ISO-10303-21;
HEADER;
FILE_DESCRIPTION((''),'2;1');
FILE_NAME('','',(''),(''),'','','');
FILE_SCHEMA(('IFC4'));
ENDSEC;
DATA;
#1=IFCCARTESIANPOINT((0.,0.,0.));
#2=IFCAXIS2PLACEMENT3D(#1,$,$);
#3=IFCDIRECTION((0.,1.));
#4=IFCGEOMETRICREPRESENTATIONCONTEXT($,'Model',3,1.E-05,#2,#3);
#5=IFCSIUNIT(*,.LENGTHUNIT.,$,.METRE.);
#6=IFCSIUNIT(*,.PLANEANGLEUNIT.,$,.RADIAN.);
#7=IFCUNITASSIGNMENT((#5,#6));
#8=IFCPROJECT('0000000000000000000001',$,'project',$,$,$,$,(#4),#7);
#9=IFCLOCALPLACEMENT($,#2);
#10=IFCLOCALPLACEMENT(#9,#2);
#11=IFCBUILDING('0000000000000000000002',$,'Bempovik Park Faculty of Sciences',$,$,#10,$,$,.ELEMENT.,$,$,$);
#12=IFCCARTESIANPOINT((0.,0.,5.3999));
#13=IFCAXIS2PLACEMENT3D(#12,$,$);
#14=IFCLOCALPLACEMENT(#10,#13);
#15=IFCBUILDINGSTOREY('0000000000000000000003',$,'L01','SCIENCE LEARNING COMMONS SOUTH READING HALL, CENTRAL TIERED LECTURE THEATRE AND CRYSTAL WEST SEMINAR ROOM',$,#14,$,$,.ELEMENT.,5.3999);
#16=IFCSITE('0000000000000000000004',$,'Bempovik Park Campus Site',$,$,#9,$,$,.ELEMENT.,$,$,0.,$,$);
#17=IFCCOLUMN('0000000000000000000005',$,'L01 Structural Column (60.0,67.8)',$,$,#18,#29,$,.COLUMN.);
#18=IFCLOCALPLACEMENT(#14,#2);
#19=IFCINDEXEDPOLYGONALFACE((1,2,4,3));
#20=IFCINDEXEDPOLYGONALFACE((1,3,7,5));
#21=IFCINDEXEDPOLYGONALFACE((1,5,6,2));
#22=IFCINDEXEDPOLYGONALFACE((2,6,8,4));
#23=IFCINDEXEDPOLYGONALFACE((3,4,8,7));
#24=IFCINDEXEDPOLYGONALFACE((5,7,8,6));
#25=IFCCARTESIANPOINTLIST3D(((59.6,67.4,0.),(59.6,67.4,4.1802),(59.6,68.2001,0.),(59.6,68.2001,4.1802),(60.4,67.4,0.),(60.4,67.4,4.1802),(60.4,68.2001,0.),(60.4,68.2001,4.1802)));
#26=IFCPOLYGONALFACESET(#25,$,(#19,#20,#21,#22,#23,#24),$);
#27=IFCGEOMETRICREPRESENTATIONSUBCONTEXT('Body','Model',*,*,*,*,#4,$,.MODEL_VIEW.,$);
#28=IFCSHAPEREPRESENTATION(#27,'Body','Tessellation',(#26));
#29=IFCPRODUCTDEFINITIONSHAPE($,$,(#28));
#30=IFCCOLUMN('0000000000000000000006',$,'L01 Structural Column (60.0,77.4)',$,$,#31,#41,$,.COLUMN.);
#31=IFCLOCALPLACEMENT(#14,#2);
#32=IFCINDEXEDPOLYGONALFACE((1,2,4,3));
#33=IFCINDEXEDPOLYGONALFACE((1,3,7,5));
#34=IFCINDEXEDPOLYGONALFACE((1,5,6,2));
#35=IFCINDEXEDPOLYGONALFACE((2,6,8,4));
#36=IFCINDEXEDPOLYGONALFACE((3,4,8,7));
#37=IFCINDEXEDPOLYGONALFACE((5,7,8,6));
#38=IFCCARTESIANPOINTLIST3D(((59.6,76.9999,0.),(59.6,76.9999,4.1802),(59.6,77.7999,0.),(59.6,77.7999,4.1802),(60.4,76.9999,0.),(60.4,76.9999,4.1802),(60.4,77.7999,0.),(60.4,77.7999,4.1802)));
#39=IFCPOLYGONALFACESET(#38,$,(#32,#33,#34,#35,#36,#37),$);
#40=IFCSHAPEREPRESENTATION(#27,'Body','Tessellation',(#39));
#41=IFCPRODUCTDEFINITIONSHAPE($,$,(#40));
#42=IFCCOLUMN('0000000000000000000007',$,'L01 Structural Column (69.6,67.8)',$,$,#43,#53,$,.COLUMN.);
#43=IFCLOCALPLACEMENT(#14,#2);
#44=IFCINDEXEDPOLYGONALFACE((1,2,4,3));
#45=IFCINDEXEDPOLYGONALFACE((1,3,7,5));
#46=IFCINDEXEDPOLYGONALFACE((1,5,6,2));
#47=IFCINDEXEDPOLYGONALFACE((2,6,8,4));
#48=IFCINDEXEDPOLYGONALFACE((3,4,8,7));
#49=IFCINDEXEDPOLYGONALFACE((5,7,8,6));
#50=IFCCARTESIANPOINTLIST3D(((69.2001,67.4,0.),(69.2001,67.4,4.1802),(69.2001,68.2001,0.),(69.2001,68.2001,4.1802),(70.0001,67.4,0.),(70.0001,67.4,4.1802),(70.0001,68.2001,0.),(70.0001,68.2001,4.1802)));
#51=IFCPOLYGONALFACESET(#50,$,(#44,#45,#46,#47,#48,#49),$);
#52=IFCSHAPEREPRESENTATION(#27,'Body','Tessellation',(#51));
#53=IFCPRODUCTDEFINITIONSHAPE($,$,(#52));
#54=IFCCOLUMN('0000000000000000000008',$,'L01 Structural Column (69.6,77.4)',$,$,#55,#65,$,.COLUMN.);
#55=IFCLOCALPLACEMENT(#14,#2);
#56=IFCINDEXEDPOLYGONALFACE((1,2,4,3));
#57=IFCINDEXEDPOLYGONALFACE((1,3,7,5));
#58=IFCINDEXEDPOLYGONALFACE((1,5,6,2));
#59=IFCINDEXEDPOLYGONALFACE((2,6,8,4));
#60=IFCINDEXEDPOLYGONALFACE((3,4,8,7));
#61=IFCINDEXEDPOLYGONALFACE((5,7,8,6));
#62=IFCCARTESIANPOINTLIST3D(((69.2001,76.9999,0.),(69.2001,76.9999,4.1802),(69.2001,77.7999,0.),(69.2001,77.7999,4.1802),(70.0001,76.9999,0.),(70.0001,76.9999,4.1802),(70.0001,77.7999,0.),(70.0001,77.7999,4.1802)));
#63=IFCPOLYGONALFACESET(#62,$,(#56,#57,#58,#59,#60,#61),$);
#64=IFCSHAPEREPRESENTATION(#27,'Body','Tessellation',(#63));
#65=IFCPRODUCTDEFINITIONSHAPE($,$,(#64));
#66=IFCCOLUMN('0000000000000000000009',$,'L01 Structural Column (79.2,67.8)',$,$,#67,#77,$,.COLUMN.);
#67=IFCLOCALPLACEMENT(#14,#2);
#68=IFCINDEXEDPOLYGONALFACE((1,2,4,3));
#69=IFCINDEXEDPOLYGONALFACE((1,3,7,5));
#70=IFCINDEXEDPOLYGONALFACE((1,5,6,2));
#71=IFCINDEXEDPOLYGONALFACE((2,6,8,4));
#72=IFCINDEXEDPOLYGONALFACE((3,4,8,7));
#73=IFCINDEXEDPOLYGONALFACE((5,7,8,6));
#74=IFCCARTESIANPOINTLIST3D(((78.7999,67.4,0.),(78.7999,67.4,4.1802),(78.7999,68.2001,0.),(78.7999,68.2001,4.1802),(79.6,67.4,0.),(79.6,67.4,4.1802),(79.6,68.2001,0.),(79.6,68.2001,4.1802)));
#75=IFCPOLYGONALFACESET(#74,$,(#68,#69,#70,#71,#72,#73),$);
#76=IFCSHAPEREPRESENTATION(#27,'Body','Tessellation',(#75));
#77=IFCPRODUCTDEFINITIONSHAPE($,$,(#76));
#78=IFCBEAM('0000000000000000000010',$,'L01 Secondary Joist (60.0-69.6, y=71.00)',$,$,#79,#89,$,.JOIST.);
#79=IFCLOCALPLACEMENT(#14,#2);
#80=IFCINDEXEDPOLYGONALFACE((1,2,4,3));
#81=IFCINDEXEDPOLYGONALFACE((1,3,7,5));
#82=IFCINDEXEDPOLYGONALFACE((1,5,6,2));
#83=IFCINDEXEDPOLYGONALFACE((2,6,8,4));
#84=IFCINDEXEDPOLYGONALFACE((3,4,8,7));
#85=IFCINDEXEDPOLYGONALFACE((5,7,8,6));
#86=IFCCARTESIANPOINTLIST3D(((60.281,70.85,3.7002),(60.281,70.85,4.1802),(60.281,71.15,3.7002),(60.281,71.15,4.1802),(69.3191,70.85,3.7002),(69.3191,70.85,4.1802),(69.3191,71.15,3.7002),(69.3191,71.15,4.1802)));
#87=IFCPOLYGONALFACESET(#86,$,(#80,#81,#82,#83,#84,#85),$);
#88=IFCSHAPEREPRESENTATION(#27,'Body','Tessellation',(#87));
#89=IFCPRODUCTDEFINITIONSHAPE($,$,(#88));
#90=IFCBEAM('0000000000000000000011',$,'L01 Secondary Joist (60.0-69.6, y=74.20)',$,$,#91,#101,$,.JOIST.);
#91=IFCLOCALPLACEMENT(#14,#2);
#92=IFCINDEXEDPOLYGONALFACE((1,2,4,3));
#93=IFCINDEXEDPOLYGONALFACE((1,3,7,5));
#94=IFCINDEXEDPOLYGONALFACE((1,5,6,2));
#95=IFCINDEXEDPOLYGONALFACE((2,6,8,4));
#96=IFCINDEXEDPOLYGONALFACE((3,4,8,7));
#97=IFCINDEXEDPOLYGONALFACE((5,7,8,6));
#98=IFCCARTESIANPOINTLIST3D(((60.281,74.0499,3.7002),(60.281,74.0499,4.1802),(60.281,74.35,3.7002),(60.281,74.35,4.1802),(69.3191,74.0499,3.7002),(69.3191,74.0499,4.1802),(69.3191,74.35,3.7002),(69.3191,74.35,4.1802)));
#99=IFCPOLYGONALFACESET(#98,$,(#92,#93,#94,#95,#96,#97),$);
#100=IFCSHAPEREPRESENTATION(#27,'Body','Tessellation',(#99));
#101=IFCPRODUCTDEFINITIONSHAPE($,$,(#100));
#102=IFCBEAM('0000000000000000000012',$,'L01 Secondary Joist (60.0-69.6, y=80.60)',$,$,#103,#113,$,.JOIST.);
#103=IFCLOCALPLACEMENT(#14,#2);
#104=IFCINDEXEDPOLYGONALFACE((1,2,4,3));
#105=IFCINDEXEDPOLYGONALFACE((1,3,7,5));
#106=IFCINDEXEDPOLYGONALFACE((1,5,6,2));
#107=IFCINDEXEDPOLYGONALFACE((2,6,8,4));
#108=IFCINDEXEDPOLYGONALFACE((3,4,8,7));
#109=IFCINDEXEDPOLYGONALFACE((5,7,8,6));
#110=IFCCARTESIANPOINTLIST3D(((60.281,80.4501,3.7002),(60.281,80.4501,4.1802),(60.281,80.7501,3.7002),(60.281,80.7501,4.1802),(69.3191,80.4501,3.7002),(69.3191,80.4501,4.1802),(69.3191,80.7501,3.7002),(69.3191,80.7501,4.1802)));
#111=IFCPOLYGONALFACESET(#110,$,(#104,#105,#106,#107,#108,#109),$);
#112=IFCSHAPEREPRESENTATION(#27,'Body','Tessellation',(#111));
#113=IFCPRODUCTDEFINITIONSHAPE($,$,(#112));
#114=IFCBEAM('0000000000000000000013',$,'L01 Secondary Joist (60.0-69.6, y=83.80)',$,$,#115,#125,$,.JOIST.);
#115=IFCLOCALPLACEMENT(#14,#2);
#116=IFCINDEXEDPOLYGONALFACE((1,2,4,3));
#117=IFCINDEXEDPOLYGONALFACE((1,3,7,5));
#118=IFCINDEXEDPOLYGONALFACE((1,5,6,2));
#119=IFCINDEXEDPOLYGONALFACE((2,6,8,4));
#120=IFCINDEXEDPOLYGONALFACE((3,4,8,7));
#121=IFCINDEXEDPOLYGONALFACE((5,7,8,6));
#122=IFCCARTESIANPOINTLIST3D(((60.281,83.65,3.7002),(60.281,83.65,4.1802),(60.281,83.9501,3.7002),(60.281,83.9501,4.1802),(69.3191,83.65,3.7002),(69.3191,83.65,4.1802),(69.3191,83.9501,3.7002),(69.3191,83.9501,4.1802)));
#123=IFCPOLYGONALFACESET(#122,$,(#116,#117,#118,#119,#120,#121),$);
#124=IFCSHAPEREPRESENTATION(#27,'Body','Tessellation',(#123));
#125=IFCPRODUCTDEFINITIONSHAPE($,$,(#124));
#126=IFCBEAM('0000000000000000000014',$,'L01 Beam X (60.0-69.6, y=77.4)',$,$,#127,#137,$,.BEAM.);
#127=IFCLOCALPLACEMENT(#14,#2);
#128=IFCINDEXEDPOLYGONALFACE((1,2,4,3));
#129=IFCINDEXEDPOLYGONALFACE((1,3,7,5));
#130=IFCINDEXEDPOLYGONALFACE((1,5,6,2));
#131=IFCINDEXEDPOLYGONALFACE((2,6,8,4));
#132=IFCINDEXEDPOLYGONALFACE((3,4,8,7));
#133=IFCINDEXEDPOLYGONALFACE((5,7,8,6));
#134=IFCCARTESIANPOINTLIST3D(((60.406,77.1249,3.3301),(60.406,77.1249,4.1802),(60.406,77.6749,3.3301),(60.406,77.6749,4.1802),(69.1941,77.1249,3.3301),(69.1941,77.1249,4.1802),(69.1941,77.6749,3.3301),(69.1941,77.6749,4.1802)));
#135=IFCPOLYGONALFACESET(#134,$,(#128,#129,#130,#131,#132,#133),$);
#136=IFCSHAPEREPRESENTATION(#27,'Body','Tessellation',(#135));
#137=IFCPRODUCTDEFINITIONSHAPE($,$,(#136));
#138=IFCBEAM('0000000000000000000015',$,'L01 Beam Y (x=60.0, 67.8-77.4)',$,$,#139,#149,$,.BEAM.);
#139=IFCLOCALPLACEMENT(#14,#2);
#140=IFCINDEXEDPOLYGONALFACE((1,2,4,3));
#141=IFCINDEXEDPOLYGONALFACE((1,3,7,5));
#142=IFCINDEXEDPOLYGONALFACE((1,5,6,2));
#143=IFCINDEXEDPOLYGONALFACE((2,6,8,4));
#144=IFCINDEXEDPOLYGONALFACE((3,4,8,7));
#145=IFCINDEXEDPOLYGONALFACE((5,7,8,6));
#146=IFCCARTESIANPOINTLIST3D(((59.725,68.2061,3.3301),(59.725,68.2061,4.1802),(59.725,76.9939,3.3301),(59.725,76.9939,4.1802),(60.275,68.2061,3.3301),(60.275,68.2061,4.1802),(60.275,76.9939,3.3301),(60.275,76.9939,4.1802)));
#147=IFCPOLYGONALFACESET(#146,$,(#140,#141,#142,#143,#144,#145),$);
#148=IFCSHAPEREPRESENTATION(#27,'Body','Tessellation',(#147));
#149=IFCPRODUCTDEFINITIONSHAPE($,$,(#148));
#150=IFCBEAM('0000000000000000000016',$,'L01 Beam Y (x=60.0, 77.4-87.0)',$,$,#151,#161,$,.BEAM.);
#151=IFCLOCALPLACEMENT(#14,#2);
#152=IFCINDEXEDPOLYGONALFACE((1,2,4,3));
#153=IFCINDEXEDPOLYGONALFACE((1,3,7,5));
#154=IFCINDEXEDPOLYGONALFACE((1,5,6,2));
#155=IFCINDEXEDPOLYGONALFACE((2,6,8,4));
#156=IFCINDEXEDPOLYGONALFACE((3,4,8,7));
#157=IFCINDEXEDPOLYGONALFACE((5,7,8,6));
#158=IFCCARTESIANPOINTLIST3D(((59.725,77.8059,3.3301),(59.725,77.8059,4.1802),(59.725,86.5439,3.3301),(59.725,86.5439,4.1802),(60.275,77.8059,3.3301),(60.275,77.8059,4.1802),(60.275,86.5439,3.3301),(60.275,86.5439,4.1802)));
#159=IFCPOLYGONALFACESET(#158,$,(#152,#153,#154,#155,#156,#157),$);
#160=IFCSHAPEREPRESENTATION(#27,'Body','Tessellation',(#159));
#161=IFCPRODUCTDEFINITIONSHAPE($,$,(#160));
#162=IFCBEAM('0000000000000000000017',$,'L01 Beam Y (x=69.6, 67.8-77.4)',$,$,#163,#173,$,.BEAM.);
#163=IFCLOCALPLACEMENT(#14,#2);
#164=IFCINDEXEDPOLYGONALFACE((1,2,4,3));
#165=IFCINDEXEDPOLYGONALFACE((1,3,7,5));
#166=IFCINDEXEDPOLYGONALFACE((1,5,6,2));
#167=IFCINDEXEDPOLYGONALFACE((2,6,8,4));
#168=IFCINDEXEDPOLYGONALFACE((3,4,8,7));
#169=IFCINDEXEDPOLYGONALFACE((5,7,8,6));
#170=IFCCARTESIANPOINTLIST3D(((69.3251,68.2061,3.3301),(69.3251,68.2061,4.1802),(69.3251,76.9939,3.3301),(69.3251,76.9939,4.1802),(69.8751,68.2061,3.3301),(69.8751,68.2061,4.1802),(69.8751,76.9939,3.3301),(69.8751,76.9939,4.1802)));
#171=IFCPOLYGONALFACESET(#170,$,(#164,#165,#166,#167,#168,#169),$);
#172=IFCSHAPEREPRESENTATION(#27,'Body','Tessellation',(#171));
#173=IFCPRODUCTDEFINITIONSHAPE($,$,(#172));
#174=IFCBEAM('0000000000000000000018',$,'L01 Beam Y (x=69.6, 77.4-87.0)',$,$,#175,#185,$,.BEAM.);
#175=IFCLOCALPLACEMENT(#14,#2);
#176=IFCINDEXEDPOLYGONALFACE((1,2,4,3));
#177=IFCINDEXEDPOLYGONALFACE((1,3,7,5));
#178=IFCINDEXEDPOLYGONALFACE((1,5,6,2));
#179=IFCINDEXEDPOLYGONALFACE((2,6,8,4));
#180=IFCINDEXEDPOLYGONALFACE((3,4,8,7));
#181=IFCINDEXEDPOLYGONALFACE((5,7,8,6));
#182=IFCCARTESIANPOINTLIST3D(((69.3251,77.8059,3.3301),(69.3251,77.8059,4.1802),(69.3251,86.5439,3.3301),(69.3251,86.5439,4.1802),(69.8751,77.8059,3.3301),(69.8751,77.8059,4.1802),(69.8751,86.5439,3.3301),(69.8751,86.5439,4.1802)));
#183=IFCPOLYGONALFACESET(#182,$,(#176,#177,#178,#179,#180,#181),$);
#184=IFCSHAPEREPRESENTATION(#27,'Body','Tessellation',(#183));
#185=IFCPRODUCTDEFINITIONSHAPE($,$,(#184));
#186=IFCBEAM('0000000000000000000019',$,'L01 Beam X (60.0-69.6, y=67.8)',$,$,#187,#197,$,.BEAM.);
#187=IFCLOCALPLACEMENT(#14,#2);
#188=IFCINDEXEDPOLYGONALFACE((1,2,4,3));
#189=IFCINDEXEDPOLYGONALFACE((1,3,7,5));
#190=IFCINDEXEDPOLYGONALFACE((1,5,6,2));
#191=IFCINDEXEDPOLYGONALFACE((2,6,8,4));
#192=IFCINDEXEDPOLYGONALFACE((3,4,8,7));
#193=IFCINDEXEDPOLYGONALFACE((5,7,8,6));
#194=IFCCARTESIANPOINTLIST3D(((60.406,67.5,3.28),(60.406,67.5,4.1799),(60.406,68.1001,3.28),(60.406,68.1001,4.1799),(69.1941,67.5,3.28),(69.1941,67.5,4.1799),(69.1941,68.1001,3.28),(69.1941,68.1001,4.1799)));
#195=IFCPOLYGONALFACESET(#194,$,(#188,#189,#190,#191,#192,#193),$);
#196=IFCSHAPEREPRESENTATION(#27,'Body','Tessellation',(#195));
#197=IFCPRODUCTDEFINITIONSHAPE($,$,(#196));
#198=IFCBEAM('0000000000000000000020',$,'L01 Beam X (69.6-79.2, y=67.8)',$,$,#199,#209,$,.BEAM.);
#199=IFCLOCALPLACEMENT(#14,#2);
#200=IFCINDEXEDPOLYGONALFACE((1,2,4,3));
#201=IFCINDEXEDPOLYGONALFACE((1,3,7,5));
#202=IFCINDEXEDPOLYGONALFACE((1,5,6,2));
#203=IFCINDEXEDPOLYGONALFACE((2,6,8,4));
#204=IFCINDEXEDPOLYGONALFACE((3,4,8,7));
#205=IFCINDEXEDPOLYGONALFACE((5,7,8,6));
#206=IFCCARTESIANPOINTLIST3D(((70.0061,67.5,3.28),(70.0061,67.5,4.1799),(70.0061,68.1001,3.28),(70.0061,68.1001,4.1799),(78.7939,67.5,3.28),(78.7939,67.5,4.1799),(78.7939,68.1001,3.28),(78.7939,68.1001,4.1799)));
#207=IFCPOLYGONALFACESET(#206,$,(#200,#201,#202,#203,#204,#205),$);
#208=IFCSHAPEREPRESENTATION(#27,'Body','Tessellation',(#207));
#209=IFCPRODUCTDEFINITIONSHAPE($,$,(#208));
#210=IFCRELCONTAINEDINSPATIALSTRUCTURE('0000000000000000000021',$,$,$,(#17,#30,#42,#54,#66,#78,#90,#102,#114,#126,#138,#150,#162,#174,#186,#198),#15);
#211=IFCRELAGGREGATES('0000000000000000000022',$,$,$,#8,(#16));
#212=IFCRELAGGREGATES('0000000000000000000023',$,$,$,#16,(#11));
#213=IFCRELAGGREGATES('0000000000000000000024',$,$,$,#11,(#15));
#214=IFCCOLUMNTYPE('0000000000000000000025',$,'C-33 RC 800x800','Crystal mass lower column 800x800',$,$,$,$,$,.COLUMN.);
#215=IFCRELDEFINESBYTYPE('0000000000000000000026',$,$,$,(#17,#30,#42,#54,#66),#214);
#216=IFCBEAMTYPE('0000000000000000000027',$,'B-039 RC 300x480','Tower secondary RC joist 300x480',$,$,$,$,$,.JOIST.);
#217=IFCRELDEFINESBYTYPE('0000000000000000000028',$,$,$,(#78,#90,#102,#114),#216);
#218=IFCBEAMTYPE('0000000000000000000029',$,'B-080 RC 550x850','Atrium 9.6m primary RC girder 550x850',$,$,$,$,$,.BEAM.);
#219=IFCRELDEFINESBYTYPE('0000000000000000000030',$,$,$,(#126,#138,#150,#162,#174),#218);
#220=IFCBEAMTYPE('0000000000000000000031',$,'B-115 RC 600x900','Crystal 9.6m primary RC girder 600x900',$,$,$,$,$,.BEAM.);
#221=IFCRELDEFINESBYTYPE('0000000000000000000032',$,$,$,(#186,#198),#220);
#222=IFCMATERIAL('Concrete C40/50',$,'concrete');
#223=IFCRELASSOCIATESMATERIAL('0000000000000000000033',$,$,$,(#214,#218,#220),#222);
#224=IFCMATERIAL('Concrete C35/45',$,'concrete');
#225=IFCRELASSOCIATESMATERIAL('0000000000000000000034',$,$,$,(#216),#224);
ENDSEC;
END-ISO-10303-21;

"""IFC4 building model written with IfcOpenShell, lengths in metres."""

from ifc_helpers import new_model, si_unit, direction, frame, origin, origin_2d, place, context, subcontext, project, spatial, rectangle, extrude, material, material_profile, profile_set, type_object, element, save


model = new_model("IFC4")

# Units and contexts
model_context = context("Model", 3, precision=1e-05, world=origin(), true_north=direction((0.0, 1.0)))
body_context = subcontext(model_context, "Body", "Model", "MODEL_VIEW")
ifc_project = project(units=[si_unit("LENGTHUNIT", "METRE"), si_unit("PLANEANGLEUNIT", "RADIAN")], contexts=[model_context])

# Site, building, storey
site_placement = place(None, origin())
site = spatial("IfcSite", under=ifc_project, at=site_placement, Name="Bempovik Park Campus Site", CompositionType="ELEMENT", RefElevation=0.0)
building_placement = place(site_placement, origin())
building = spatial("IfcBuilding", under=site, at=building_placement, Name="Bempovik Park Faculty of Sciences", CompositionType="ELEMENT")
storey_placement = place(building_placement, frame((0.0, 0.0, 5.3999)))
storey = spatial("IfcBuildingStorey", under=building, at=storey_placement, Name="L01", Description="SCIENCE LEARNING COMMONS SOUTH READING HALL, CENTRAL TIERED LECTURE THEATRE AND CRYSTAL WEST SEMINAR ROOM", CompositionType="ELEMENT", Elevation=5.3999)

# Columns
ifc_material_1 = material(Name="Concrete C40/50", Category="concrete")
ifc_material_profile_1 = material_profile(ifc_material_1, rectangle(XDim=0.8, YDim=0.8, at=origin_2d()), Name="RC 800x800")
ifc_profile_set_1 = profile_set([ifc_material_profile_1], Name="Concrete C40/50")
column_type = type_object("IfcColumnType", Name="C-33 RC 800x800", Description="Crystal mass lower column 800x800", PredefinedType="COLUMN", material=ifc_profile_set_1)
for number, where, z_axis, x_axis, name in (
    (1, (60.0, 67.8, 0.0), (0.0, 0.0, 1.0), (1.0, 0.0, 0.0), "L01 Structural Column (60.0,67.8)"),
    (2, (60.0, 77.3999, 0.0), (0.0, 0.0, 1.0), (1.0, 0.0, 0.0), "L01 Structural Column (60.0,77.4)"),
    (3, (69.6001, 67.8, 0.0), (0.0, 0.0, 1.0), (1.0, 0.0, 0.0), "L01 Structural Column (69.6,67.8)"),
    (4, (69.6001, 77.3999, 0.0), (0.0, 0.0, 1.0), (1.0, 0.0, 0.0), "L01 Structural Column (69.6,77.4)"),
    (5, (79.2, 67.8, 0.0), (0.0, 0.0, 1.0), (1.0, 0.0, 0.0), "L01 Structural Column (79.2,67.8)"),
):
    element("IfcColumn", number, at=place(storey_placement, frame(where, z_axis=z_axis, x_axis=x_axis)), inside=storey, type_object=column_type, Name=name, PredefinedType="COLUMN", context=body_context, shape_type="SweptSolid", body=[
        extrude(rectangle(XDim=0.8, YDim=0.8, at=origin_2d()), origin(), (0.0, 0.0, 1.0), 4.1802),
    ])

# Beams
ifc_material_2 = material(Name="Concrete C35/45", Category="concrete")
ifc_material_profile_2 = material_profile(ifc_material_2, rectangle(XDim=0.3, YDim=0.48, at=origin_2d()), Name="RC 300x480")
ifc_profile_set_2 = profile_set([ifc_material_profile_2], Name="Concrete C35/45")
beam_type_1 = type_object("IfcBeamType", Name="B-039 RC 300x480", Description="Tower secondary RC joist 300x480", PredefinedType="JOIST", material=ifc_profile_set_2)
for number, where, z_axis, x_axis, name in (
    (6, (60.281, 71.0, 3.9402), (1.0, 0.0, 0.0), (0.0, 1.0, 0.0), "L01 Secondary Joist (60.0-69.6, y=71.00)"),
    (7, (60.281, 74.2, 3.9402), (1.0, 0.0, 0.0), (0.0, 1.0, 0.0), "L01 Secondary Joist (60.0-69.6, y=74.20)"),
    (8, (60.281, 80.6001, 3.9402), (1.0, 0.0, 0.0), (0.0, 1.0, 0.0), "L01 Secondary Joist (60.0-69.6, y=80.60)"),
    (9, (60.281, 83.8, 3.9402), (1.0, 0.0, 0.0), (0.0, 1.0, 0.0), "L01 Secondary Joist (60.0-69.6, y=83.80)"),
):
    element("IfcBeam", number, at=place(storey_placement, frame(where, z_axis=z_axis, x_axis=x_axis)), inside=storey, type_object=beam_type_1, Name=name, PredefinedType="JOIST", context=body_context, shape_type="SweptSolid", body=[
        extrude(rectangle(XDim=0.3, YDim=0.48, at=origin_2d()), origin(), (0.0, 0.0, 1.0), 9.0381),
    ])
ifc_material_profile_3 = material_profile(ifc_material_1, rectangle(XDim=0.55, YDim=0.8501, at=origin_2d()), Name="RC 550x850")
ifc_profile_set_3 = profile_set([ifc_material_profile_3], Name="Concrete C40/50")
beam_type_2 = type_object("IfcBeamType", Name="B-080 RC 550x850", Description="Atrium 9.6m primary RC girder 550x850", PredefinedType="BEAM", material=ifc_profile_set_3)
beam_1_placement = place(storey_placement, frame((60.406, 77.3999, 3.7551), z_axis=(1.0, 0.0, 0.0), x_axis=(0.0, 1.0, 0.0)))
element("IfcBeam", 10, at=beam_1_placement, inside=storey, type_object=beam_type_2, Name="L01 Beam X (60.0-69.6, y=77.4)", PredefinedType="BEAM", context=body_context, shape_type="SweptSolid", body=[
    extrude(rectangle(XDim=0.55, YDim=0.8501, at=origin_2d()), origin(), (0.0, 0.0, 1.0), 8.7881),
])
beam_2_placement = place(storey_placement, frame((60.0, 68.2061, 3.7551), z_axis=(0.0, 1.0, 0.0), x_axis=(-1.0, 0.0, 0.0)))
element("IfcBeam", 11, at=beam_2_placement, inside=storey, type_object=beam_type_2, Name="L01 Beam Y (x=60.0, 67.8-77.4)", PredefinedType="BEAM", context=body_context, shape_type="SweptSolid", body=[
    extrude(rectangle(XDim=0.55, YDim=0.8501, at=origin_2d()), origin(), (0.0, 0.0, 1.0), 8.7878),
])
beam_3_placement = place(storey_placement, frame((60.0, 77.8059, 3.7551), z_axis=(0.0, 1.0, 0.0), x_axis=(-1.0, 0.0, 0.0)))
element("IfcBeam", 12, at=beam_3_placement, inside=storey, type_object=beam_type_2, Name="L01 Beam Y (x=60.0, 77.4-87.0)", PredefinedType="BEAM", context=body_context, shape_type="SweptSolid", body=[
    extrude(rectangle(XDim=0.55, YDim=0.8501, at=origin_2d()), origin(), (0.0, 0.0, 1.0), 8.738),
])
beam_4_placement = place(storey_placement, frame((69.6001, 68.2061, 3.7551), z_axis=(0.0, 1.0, 0.0), x_axis=(-1.0, 0.0, 0.0)))
element("IfcBeam", 13, at=beam_4_placement, inside=storey, type_object=beam_type_2, Name="L01 Beam Y (x=69.6, 67.8-77.4)", PredefinedType="BEAM", context=body_context, shape_type="SweptSolid", body=[
    extrude(rectangle(XDim=0.55, YDim=0.8501, at=origin_2d()), origin(), (0.0, 0.0, 1.0), 8.7878),
])
beam_5_placement = place(storey_placement, frame((69.6001, 77.8059, 3.7551), z_axis=(0.0, 1.0, 0.0), x_axis=(-1.0, 0.0, 0.0)))
element("IfcBeam", 14, at=beam_5_placement, inside=storey, type_object=beam_type_2, Name="L01 Beam Y (x=69.6, 77.4-87.0)", PredefinedType="BEAM", context=body_context, shape_type="SweptSolid", body=[
    extrude(rectangle(XDim=0.55, YDim=0.8501, at=origin_2d()), origin(), (0.0, 0.0, 1.0), 8.738),
])
ifc_material_profile_4 = material_profile(ifc_material_1, rectangle(XDim=0.6001, YDim=0.8999, at=origin_2d()), Name="RC 600x900")
ifc_profile_set_4 = profile_set([ifc_material_profile_4], Name="Concrete C40/50")
beam_type_3 = type_object("IfcBeamType", Name="B-115 RC 600x900", Description="Crystal 9.6m primary RC girder 600x900", PredefinedType="BEAM", material=ifc_profile_set_4)
beam_6_placement = place(storey_placement, frame((60.406, 67.8, 3.73), z_axis=(1.0, 0.0, 0.0), x_axis=(0.0, 1.0, 0.0)))
element("IfcBeam", 15, at=beam_6_placement, inside=storey, type_object=beam_type_3, Name="L01 Beam X (60.0-69.6, y=67.8)", PredefinedType="BEAM", context=body_context, shape_type="SweptSolid", body=[
    extrude(rectangle(XDim=0.6001, YDim=0.8999, at=origin_2d()), origin(), (0.0, 0.0, 1.0), 8.7881),
])
beam_7_placement = place(storey_placement, frame((70.0061, 67.8, 3.73), z_axis=(1.0, 0.0, 0.0), x_axis=(0.0, 1.0, 0.0)))
element("IfcBeam", 16, at=beam_7_placement, inside=storey, type_object=beam_type_3, Name="L01 Beam X (69.6-79.2, y=67.8)", PredefinedType="BEAM", context=body_context, shape_type="SweptSolid", body=[
    extrude(rectangle(XDim=0.6001, YDim=0.8999, at=origin_2d()), origin(), (0.0, 0.0, 1.0), 8.7878),
])

save(model, "model.ifc")
